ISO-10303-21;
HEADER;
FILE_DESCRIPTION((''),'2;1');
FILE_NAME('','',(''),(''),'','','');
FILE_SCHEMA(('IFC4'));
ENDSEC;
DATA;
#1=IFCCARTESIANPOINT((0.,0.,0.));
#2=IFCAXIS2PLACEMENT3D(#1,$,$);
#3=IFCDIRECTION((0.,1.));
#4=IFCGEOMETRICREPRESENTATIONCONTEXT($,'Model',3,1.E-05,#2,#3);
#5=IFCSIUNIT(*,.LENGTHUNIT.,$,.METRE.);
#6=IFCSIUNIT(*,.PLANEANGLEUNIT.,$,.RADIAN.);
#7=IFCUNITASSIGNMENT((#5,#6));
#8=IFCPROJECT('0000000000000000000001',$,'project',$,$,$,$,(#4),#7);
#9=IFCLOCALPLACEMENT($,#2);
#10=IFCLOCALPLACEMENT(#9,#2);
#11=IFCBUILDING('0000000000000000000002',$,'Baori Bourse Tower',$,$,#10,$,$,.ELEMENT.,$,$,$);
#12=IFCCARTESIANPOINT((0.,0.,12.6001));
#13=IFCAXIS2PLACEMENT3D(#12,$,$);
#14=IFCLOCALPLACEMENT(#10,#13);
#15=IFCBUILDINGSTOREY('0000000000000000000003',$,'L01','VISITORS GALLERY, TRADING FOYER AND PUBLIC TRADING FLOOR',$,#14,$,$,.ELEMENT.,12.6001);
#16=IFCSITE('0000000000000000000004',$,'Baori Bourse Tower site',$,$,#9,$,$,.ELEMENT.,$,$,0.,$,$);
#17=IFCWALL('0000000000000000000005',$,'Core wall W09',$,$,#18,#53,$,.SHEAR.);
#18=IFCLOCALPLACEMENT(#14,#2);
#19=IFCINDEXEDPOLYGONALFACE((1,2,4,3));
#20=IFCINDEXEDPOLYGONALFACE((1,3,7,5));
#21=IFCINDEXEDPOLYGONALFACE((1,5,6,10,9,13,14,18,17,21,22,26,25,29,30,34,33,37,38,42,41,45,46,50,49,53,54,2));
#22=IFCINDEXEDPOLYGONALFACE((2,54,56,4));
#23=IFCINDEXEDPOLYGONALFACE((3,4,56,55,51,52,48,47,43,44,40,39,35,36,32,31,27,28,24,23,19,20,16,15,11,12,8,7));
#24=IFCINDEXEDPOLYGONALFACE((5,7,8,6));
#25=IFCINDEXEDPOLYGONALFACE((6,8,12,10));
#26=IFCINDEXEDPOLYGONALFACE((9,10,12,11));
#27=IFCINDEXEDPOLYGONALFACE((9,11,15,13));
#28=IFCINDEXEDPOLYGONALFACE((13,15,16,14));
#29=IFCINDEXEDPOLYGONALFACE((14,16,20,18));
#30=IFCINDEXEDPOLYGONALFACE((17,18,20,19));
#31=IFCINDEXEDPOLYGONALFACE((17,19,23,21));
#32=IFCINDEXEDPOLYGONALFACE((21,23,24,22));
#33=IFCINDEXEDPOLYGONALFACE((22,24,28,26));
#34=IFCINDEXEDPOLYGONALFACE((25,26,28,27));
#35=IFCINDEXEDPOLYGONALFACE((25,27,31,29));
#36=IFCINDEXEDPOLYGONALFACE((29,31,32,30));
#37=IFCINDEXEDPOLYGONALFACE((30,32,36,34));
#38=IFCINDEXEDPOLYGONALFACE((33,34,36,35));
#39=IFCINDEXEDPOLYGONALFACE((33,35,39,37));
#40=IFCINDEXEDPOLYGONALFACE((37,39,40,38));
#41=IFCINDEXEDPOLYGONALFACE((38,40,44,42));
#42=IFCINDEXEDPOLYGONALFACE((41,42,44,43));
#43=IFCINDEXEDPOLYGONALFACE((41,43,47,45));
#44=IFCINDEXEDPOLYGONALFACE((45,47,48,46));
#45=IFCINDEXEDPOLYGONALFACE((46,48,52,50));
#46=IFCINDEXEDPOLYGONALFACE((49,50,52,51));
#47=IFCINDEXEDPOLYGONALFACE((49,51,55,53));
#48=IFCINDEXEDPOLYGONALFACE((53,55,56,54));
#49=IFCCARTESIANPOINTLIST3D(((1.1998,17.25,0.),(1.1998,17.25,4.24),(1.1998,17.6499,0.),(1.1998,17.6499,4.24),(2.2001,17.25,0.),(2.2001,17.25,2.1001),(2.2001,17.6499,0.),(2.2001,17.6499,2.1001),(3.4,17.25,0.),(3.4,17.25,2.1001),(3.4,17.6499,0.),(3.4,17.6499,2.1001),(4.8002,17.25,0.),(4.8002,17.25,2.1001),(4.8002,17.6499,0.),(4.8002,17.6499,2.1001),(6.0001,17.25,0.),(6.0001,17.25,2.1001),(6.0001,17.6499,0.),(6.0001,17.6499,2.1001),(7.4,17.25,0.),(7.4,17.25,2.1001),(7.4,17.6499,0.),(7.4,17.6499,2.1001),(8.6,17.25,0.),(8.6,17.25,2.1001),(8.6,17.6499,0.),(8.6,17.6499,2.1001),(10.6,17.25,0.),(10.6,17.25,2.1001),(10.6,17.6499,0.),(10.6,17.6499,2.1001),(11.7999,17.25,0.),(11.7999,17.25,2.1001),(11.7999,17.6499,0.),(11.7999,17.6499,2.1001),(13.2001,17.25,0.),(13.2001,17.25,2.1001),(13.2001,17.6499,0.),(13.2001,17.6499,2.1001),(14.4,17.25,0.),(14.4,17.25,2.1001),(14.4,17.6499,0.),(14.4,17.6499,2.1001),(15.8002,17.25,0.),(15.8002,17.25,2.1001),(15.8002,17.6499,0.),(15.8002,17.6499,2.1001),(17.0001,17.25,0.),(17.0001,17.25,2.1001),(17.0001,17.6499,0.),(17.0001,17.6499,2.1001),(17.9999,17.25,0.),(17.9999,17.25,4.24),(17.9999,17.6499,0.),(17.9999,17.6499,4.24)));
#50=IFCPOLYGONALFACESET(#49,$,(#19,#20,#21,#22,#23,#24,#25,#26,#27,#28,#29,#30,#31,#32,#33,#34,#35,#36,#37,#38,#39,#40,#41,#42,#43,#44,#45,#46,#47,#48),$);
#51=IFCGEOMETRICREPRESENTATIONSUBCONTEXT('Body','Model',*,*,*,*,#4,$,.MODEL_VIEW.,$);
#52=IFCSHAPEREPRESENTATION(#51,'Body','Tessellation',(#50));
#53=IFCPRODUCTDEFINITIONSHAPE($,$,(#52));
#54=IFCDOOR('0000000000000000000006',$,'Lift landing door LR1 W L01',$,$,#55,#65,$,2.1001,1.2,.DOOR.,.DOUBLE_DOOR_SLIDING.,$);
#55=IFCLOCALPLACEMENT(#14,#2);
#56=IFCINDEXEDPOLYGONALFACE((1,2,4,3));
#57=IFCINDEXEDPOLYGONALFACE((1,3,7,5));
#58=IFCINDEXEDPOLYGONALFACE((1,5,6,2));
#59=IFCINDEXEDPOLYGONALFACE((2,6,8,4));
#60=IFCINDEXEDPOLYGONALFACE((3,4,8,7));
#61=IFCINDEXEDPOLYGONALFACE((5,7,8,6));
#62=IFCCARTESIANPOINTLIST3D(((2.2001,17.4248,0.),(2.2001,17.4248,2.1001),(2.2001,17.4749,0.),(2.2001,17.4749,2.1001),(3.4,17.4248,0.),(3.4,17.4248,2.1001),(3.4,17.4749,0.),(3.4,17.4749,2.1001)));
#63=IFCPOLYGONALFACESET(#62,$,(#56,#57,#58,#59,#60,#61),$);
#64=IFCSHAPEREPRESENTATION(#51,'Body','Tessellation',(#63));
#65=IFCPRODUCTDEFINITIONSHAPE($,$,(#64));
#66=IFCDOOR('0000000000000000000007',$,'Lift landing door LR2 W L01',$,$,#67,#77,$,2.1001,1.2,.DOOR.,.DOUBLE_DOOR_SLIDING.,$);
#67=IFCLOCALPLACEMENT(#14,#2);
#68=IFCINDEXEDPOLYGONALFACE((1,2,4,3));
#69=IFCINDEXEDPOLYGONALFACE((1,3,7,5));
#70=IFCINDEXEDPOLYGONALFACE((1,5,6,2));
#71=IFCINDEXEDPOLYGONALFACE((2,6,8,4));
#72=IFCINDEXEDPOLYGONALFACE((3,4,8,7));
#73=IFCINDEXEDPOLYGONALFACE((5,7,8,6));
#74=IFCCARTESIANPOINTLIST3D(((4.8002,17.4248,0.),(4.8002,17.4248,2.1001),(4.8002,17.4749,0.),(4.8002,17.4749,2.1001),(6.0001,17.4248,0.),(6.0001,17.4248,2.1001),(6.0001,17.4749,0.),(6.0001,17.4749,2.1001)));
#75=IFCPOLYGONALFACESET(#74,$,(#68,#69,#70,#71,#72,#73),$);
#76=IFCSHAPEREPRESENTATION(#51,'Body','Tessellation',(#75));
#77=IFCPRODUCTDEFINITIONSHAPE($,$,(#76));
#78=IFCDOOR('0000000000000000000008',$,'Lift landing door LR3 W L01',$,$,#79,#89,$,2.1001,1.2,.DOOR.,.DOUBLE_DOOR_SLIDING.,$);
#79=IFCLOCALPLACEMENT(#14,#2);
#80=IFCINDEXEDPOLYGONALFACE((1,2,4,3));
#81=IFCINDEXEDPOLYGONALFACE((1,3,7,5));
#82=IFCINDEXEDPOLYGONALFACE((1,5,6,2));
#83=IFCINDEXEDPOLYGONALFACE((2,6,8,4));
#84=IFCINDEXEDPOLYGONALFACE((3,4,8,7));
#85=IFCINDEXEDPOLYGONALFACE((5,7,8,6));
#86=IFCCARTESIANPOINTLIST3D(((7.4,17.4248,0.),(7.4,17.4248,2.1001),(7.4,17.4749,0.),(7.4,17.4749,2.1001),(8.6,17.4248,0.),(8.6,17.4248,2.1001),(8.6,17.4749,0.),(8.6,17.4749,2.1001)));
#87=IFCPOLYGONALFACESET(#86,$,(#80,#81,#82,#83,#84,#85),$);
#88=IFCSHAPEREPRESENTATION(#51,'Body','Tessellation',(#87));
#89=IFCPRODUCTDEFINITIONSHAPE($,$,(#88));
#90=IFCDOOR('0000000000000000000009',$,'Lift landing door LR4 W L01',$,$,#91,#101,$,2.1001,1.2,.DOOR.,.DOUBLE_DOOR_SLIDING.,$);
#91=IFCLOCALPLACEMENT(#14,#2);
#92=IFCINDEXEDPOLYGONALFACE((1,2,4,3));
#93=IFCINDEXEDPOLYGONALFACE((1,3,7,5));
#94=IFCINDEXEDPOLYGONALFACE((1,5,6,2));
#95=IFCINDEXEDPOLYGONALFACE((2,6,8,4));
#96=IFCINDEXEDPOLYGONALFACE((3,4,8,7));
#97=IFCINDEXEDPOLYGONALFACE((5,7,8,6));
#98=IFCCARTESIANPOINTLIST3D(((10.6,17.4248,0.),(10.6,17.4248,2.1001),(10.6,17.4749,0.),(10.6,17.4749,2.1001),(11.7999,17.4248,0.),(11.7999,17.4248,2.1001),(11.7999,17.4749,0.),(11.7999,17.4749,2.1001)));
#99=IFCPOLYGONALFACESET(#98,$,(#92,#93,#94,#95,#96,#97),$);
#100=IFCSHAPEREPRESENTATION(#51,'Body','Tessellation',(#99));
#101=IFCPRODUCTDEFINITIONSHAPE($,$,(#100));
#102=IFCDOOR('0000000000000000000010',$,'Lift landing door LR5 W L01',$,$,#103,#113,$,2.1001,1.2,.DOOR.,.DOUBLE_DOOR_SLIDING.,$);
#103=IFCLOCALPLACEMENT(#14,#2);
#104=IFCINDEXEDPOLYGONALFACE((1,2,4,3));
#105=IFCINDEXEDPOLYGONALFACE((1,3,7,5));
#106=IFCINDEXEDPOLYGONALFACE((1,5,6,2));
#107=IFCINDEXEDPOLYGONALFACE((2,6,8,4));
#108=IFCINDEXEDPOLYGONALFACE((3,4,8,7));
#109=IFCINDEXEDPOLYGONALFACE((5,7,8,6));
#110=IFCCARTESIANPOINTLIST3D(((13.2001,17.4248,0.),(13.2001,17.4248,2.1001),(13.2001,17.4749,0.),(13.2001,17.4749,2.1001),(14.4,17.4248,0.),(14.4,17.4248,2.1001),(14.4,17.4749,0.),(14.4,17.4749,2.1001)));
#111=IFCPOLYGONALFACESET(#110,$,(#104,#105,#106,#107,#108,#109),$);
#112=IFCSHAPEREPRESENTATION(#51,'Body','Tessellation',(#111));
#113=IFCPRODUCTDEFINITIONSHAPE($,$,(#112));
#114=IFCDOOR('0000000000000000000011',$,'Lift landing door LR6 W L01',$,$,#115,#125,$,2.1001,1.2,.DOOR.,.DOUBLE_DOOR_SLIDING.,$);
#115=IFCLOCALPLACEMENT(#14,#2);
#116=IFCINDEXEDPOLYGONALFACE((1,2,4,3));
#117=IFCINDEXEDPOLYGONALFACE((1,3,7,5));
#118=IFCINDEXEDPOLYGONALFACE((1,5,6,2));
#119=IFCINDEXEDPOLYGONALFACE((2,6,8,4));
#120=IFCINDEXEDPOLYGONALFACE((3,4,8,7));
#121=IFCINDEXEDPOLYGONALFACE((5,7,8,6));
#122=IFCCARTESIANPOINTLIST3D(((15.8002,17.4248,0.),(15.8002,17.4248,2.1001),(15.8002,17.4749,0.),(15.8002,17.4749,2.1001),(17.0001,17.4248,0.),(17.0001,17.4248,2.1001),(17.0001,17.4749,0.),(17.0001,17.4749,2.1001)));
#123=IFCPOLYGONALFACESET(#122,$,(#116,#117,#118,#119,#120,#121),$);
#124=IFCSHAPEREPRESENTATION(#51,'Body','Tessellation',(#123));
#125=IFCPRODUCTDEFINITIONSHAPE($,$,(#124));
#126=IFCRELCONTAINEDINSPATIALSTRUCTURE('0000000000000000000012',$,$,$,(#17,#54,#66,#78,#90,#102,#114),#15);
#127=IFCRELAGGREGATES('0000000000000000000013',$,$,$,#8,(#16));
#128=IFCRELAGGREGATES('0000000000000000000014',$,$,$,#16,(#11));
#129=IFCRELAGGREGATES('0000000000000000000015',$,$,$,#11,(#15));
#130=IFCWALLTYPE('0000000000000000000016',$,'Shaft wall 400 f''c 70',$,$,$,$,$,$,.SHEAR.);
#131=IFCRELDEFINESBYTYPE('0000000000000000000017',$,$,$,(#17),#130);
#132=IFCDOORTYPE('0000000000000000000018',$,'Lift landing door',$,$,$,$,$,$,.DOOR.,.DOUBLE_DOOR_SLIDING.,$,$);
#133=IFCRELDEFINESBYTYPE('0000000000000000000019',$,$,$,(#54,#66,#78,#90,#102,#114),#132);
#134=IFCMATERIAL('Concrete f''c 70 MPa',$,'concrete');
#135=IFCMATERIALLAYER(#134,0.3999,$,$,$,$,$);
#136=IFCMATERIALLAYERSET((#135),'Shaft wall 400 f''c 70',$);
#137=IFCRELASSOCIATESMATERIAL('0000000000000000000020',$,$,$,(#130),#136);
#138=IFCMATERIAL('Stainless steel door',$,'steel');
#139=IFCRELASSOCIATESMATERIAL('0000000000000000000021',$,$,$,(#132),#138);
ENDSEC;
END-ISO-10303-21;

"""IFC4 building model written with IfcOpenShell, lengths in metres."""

from ifc_helpers import new_model, si_unit, direction, frame, frame_2d, origin, place, context, subcontext, project, spatial, rectangle, extrude, material, layer, layer_set, type_object, element, fill, save


model = new_model("IFC4")

# Units and contexts
model_context = context("Model", 3, precision=1e-05, world=origin(), true_north=direction((0.0, 1.0)))
body_context = subcontext(model_context, "Body", "Model", "MODEL_VIEW")
ifc_project = project(units=[si_unit("LENGTHUNIT", "METRE"), si_unit("PLANEANGLEUNIT", "RADIAN")], contexts=[model_context])

# Site, building, storey
site_placement = place(None, origin())
site = spatial("IfcSite", under=ifc_project, at=site_placement, Name="Baori Bourse Tower site", CompositionType="ELEMENT", RefElevation=0.0)
building_placement = place(site_placement, origin())
building = spatial("IfcBuilding", under=site, at=building_placement, Name="Baori Bourse Tower", CompositionType="ELEMENT")
storey_placement = place(building_placement, frame((0.0, 0.0, 12.6001)))
storey = spatial("IfcBuildingStorey", under=building, at=storey_placement, Name="L01", Description="VISITORS GALLERY, TRADING FOYER AND PUBLIC TRADING FLOOR", CompositionType="ELEMENT", Elevation=12.6001)

# Shared definitions
ifc_material_1 = material(Name="Concrete f'c 70 MPa", Category="concrete")
ifc_layer_1 = layer(ifc_material_1, 0.3999)
ifc_layer_set_1 = layer_set([ifc_layer_1], Name="Shaft wall 400 f'c 70")
wall_type_1 = type_object("IfcWallType", Name="Shaft wall 400 f'c 70", PredefinedType="SHEAR", material=ifc_layer_set_1)

# Wall, openings, doors
wall_1_placement = place(storey_placement, frame((1.2, 17.45, 0.0), z_axis=(0.0, 0.0, 1.0), x_axis=(1.0, 0.0, 0.0)))
wall_1 = element("IfcWall", 1, at=wall_1_placement, inside=storey, type_object=wall_type_1, Name="Core wall W09", PredefinedType="SHEAR", context=body_context, shape_type="SweptSolid", body=[
    extrude(rectangle(XDim=16.8, YDim=0.3999, at=frame_2d((8.3999, 0.0))), origin(), (0.0, 0.0, 1.0), 4.24),
])
opening_1_placement = place(wall_1_placement, frame((1.0, 0.0, 0.0)))
opening_1 = element("IfcOpeningElement", 2, at=opening_1_placement, cuts=wall_1, PredefinedType="OPENING", context=body_context, shape_type="SweptSolid", body=[
    extrude(rectangle(XDim=1.2, YDim=2.1001, at=frame_2d((0.6001, 1.05))), frame((0.0, 0.21, 0.0), z_axis=(0.0, -1.0, 0.0), x_axis=(1.0, 0.0, 0.0)), (0.0, 0.0, 1.0), 0.4199),
])
opening_2_placement = place(wall_1_placement, frame((3.6001, 0.0, 0.0)))
opening_2 = element("IfcOpeningElement", 3, at=opening_2_placement, cuts=wall_1, PredefinedType="OPENING", context=body_context, shape_type="SweptSolid", body=[
    extrude(rectangle(XDim=1.2, YDim=2.1001, at=frame_2d((0.6001, 1.05))), frame((0.0, 0.21, 0.0), z_axis=(0.0, -1.0, 0.0), x_axis=(1.0, 0.0, 0.0)), (0.0, 0.0, 1.0), 0.4199),
])
opening_3_placement = place(wall_1_placement, frame((6.2, 0.0, 0.0)))
opening_3 = element("IfcOpeningElement", 4, at=opening_3_placement, cuts=wall_1, PredefinedType="OPENING", context=body_context, shape_type="SweptSolid", body=[
    extrude(rectangle(XDim=1.2, YDim=2.1001, at=frame_2d((0.6001, 1.05))), frame((0.0, 0.21, 0.0), z_axis=(0.0, -1.0, 0.0), x_axis=(1.0, 0.0, 0.0)), (0.0, 0.0, 1.0), 0.4199),
])
opening_4_placement = place(wall_1_placement, frame((9.3999, 0.0, 0.0)))
opening_4 = element("IfcOpeningElement", 5, at=opening_4_placement, cuts=wall_1, PredefinedType="OPENING", context=body_context, shape_type="SweptSolid", body=[
    extrude(rectangle(XDim=1.2, YDim=2.1001, at=frame_2d((0.6001, 1.05))), frame((0.0, 0.21, 0.0), z_axis=(0.0, -1.0, 0.0), x_axis=(1.0, 0.0, 0.0)), (0.0, 0.0, 1.0), 0.4199),
])
opening_5_placement = place(wall_1_placement, frame((12.0, 0.0, 0.0)))
opening_5 = element("IfcOpeningElement", 6, at=opening_5_placement, cuts=wall_1, PredefinedType="OPENING", context=body_context, shape_type="SweptSolid", body=[
    extrude(rectangle(XDim=1.2, YDim=2.1001, at=frame_2d((0.6001, 1.05))), frame((0.0, 0.21, 0.0), z_axis=(0.0, -1.0, 0.0), x_axis=(1.0, 0.0, 0.0)), (0.0, 0.0, 1.0), 0.4199),
])
opening_6_placement = place(wall_1_placement, frame((14.6001, 0.0, 0.0)))
opening_6 = element("IfcOpeningElement", 7, at=opening_6_placement, cuts=wall_1, PredefinedType="OPENING", context=body_context, shape_type="SweptSolid", body=[
    extrude(rectangle(XDim=1.2, YDim=2.1001, at=frame_2d((0.6001, 1.05))), frame((0.0, 0.21, 0.0), z_axis=(0.0, -1.0, 0.0), x_axis=(1.0, 0.0, 0.0)), (0.0, 0.0, 1.0), 0.4199),
])
ifc_material_2 = material(Name="Stainless steel door", Category="steel")
door_type_1 = type_object("IfcDoorType", Name="Lift landing door", OperationType="DOUBLE_DOOR_SLIDING", PredefinedType="DOOR", material=ifc_material_2)
door_1_placement = place(opening_1_placement, origin())
door_1 = element("IfcDoor", 8, at=door_1_placement, inside=storey, type_object=door_type_1, Name="Lift landing door LR1 W L01", OperationType="DOUBLE_DOOR_SLIDING", OverallHeight=2.1001, OverallWidth=1.2, PredefinedType="DOOR", context=body_context, shape_type="SweptSolid", body=[
    extrude(rectangle(XDim=1.2, YDim=2.1001, at=frame_2d((0.6001, 1.05))), frame((0.0, 0.0249, 0.0), z_axis=(0.0, -1.0, 0.0), x_axis=(1.0, 0.0, 0.0)), (0.0, 0.0, 1.0), 0.05),
])
fill(opening_1, door_1)
door_2_placement = place(opening_2_placement, origin())
door_2 = element("IfcDoor", 9, at=door_2_placement, inside=storey, type_object=door_type_1, Name="Lift landing door LR2 W L01", OperationType="DOUBLE_DOOR_SLIDING", OverallHeight=2.1001, OverallWidth=1.2, PredefinedType="DOOR", context=body_context, shape_type="SweptSolid", body=[
    extrude(rectangle(XDim=1.2, YDim=2.1001, at=frame_2d((0.6001, 1.05))), frame((0.0, 0.0249, 0.0), z_axis=(0.0, -1.0, 0.0), x_axis=(1.0, 0.0, 0.0)), (0.0, 0.0, 1.0), 0.05),
])
fill(opening_2, door_2)
door_3_placement = place(opening_3_placement, origin())
door_3 = element("IfcDoor", 10, at=door_3_placement, inside=storey, type_object=door_type_1, Name="Lift landing door LR3 W L01", OperationType="DOUBLE_DOOR_SLIDING", OverallHeight=2.1001, OverallWidth=1.2, PredefinedType="DOOR", context=body_context, shape_type="SweptSolid", body=[
    extrude(rectangle(XDim=1.2, YDim=2.1001, at=frame_2d((0.6001, 1.05))), frame((0.0, 0.0249, 0.0), z_axis=(0.0, -1.0, 0.0), x_axis=(1.0, 0.0, 0.0)), (0.0, 0.0, 1.0), 0.05),
])
fill(opening_3, door_3)
door_4_placement = place(opening_4_placement, origin())
door_4 = element("IfcDoor", 11, at=door_4_placement, inside=storey, type_object=door_type_1, Name="Lift landing door LR4 W L01", OperationType="DOUBLE_DOOR_SLIDING", OverallHeight=2.1001, OverallWidth=1.2, PredefinedType="DOOR", context=body_context, shape_type="SweptSolid", body=[
    extrude(rectangle(XDim=1.2, YDim=2.1001, at=frame_2d((0.6001, 1.05))), frame((0.0, 0.0249, 0.0), z_axis=(0.0, -1.0, 0.0), x_axis=(1.0, 0.0, 0.0)), (0.0, 0.0, 1.0), 0.05),
])
fill(opening_4, door_4)
door_5_placement = place(opening_5_placement, origin())
door_5 = element("IfcDoor", 12, at=door_5_placement, inside=storey, type_object=door_type_1, Name="Lift landing door LR5 W L01", OperationType="DOUBLE_DOOR_SLIDING", OverallHeight=2.1001, OverallWidth=1.2, PredefinedType="DOOR", context=body_context, shape_type="SweptSolid", body=[
    extrude(rectangle(XDim=1.2, YDim=2.1001, at=frame_2d((0.6001, 1.05))), frame((0.0, 0.0249, 0.0), z_axis=(0.0, -1.0, 0.0), x_axis=(1.0, 0.0, 0.0)), (0.0, 0.0, 1.0), 0.05),
])
fill(opening_5, door_5)
door_6_placement = place(opening_6_placement, origin())
door_6 = element("IfcDoor", 13, at=door_6_placement, inside=storey, type_object=door_type_1, Name="Lift landing door LR6 W L01", OperationType="DOUBLE_DOOR_SLIDING", OverallHeight=2.1001, OverallWidth=1.2, PredefinedType="DOOR", context=body_context, shape_type="SweptSolid", body=[
    extrude(rectangle(XDim=1.2, YDim=2.1001, at=frame_2d((0.6001, 1.05))), frame((0.0, 0.0249, 0.0), z_axis=(0.0, -1.0, 0.0), x_axis=(1.0, 0.0, 0.0)), (0.0, 0.0, 1.0), 0.05),
])
fill(opening_6, door_6)

save(model, "model.ifc")
